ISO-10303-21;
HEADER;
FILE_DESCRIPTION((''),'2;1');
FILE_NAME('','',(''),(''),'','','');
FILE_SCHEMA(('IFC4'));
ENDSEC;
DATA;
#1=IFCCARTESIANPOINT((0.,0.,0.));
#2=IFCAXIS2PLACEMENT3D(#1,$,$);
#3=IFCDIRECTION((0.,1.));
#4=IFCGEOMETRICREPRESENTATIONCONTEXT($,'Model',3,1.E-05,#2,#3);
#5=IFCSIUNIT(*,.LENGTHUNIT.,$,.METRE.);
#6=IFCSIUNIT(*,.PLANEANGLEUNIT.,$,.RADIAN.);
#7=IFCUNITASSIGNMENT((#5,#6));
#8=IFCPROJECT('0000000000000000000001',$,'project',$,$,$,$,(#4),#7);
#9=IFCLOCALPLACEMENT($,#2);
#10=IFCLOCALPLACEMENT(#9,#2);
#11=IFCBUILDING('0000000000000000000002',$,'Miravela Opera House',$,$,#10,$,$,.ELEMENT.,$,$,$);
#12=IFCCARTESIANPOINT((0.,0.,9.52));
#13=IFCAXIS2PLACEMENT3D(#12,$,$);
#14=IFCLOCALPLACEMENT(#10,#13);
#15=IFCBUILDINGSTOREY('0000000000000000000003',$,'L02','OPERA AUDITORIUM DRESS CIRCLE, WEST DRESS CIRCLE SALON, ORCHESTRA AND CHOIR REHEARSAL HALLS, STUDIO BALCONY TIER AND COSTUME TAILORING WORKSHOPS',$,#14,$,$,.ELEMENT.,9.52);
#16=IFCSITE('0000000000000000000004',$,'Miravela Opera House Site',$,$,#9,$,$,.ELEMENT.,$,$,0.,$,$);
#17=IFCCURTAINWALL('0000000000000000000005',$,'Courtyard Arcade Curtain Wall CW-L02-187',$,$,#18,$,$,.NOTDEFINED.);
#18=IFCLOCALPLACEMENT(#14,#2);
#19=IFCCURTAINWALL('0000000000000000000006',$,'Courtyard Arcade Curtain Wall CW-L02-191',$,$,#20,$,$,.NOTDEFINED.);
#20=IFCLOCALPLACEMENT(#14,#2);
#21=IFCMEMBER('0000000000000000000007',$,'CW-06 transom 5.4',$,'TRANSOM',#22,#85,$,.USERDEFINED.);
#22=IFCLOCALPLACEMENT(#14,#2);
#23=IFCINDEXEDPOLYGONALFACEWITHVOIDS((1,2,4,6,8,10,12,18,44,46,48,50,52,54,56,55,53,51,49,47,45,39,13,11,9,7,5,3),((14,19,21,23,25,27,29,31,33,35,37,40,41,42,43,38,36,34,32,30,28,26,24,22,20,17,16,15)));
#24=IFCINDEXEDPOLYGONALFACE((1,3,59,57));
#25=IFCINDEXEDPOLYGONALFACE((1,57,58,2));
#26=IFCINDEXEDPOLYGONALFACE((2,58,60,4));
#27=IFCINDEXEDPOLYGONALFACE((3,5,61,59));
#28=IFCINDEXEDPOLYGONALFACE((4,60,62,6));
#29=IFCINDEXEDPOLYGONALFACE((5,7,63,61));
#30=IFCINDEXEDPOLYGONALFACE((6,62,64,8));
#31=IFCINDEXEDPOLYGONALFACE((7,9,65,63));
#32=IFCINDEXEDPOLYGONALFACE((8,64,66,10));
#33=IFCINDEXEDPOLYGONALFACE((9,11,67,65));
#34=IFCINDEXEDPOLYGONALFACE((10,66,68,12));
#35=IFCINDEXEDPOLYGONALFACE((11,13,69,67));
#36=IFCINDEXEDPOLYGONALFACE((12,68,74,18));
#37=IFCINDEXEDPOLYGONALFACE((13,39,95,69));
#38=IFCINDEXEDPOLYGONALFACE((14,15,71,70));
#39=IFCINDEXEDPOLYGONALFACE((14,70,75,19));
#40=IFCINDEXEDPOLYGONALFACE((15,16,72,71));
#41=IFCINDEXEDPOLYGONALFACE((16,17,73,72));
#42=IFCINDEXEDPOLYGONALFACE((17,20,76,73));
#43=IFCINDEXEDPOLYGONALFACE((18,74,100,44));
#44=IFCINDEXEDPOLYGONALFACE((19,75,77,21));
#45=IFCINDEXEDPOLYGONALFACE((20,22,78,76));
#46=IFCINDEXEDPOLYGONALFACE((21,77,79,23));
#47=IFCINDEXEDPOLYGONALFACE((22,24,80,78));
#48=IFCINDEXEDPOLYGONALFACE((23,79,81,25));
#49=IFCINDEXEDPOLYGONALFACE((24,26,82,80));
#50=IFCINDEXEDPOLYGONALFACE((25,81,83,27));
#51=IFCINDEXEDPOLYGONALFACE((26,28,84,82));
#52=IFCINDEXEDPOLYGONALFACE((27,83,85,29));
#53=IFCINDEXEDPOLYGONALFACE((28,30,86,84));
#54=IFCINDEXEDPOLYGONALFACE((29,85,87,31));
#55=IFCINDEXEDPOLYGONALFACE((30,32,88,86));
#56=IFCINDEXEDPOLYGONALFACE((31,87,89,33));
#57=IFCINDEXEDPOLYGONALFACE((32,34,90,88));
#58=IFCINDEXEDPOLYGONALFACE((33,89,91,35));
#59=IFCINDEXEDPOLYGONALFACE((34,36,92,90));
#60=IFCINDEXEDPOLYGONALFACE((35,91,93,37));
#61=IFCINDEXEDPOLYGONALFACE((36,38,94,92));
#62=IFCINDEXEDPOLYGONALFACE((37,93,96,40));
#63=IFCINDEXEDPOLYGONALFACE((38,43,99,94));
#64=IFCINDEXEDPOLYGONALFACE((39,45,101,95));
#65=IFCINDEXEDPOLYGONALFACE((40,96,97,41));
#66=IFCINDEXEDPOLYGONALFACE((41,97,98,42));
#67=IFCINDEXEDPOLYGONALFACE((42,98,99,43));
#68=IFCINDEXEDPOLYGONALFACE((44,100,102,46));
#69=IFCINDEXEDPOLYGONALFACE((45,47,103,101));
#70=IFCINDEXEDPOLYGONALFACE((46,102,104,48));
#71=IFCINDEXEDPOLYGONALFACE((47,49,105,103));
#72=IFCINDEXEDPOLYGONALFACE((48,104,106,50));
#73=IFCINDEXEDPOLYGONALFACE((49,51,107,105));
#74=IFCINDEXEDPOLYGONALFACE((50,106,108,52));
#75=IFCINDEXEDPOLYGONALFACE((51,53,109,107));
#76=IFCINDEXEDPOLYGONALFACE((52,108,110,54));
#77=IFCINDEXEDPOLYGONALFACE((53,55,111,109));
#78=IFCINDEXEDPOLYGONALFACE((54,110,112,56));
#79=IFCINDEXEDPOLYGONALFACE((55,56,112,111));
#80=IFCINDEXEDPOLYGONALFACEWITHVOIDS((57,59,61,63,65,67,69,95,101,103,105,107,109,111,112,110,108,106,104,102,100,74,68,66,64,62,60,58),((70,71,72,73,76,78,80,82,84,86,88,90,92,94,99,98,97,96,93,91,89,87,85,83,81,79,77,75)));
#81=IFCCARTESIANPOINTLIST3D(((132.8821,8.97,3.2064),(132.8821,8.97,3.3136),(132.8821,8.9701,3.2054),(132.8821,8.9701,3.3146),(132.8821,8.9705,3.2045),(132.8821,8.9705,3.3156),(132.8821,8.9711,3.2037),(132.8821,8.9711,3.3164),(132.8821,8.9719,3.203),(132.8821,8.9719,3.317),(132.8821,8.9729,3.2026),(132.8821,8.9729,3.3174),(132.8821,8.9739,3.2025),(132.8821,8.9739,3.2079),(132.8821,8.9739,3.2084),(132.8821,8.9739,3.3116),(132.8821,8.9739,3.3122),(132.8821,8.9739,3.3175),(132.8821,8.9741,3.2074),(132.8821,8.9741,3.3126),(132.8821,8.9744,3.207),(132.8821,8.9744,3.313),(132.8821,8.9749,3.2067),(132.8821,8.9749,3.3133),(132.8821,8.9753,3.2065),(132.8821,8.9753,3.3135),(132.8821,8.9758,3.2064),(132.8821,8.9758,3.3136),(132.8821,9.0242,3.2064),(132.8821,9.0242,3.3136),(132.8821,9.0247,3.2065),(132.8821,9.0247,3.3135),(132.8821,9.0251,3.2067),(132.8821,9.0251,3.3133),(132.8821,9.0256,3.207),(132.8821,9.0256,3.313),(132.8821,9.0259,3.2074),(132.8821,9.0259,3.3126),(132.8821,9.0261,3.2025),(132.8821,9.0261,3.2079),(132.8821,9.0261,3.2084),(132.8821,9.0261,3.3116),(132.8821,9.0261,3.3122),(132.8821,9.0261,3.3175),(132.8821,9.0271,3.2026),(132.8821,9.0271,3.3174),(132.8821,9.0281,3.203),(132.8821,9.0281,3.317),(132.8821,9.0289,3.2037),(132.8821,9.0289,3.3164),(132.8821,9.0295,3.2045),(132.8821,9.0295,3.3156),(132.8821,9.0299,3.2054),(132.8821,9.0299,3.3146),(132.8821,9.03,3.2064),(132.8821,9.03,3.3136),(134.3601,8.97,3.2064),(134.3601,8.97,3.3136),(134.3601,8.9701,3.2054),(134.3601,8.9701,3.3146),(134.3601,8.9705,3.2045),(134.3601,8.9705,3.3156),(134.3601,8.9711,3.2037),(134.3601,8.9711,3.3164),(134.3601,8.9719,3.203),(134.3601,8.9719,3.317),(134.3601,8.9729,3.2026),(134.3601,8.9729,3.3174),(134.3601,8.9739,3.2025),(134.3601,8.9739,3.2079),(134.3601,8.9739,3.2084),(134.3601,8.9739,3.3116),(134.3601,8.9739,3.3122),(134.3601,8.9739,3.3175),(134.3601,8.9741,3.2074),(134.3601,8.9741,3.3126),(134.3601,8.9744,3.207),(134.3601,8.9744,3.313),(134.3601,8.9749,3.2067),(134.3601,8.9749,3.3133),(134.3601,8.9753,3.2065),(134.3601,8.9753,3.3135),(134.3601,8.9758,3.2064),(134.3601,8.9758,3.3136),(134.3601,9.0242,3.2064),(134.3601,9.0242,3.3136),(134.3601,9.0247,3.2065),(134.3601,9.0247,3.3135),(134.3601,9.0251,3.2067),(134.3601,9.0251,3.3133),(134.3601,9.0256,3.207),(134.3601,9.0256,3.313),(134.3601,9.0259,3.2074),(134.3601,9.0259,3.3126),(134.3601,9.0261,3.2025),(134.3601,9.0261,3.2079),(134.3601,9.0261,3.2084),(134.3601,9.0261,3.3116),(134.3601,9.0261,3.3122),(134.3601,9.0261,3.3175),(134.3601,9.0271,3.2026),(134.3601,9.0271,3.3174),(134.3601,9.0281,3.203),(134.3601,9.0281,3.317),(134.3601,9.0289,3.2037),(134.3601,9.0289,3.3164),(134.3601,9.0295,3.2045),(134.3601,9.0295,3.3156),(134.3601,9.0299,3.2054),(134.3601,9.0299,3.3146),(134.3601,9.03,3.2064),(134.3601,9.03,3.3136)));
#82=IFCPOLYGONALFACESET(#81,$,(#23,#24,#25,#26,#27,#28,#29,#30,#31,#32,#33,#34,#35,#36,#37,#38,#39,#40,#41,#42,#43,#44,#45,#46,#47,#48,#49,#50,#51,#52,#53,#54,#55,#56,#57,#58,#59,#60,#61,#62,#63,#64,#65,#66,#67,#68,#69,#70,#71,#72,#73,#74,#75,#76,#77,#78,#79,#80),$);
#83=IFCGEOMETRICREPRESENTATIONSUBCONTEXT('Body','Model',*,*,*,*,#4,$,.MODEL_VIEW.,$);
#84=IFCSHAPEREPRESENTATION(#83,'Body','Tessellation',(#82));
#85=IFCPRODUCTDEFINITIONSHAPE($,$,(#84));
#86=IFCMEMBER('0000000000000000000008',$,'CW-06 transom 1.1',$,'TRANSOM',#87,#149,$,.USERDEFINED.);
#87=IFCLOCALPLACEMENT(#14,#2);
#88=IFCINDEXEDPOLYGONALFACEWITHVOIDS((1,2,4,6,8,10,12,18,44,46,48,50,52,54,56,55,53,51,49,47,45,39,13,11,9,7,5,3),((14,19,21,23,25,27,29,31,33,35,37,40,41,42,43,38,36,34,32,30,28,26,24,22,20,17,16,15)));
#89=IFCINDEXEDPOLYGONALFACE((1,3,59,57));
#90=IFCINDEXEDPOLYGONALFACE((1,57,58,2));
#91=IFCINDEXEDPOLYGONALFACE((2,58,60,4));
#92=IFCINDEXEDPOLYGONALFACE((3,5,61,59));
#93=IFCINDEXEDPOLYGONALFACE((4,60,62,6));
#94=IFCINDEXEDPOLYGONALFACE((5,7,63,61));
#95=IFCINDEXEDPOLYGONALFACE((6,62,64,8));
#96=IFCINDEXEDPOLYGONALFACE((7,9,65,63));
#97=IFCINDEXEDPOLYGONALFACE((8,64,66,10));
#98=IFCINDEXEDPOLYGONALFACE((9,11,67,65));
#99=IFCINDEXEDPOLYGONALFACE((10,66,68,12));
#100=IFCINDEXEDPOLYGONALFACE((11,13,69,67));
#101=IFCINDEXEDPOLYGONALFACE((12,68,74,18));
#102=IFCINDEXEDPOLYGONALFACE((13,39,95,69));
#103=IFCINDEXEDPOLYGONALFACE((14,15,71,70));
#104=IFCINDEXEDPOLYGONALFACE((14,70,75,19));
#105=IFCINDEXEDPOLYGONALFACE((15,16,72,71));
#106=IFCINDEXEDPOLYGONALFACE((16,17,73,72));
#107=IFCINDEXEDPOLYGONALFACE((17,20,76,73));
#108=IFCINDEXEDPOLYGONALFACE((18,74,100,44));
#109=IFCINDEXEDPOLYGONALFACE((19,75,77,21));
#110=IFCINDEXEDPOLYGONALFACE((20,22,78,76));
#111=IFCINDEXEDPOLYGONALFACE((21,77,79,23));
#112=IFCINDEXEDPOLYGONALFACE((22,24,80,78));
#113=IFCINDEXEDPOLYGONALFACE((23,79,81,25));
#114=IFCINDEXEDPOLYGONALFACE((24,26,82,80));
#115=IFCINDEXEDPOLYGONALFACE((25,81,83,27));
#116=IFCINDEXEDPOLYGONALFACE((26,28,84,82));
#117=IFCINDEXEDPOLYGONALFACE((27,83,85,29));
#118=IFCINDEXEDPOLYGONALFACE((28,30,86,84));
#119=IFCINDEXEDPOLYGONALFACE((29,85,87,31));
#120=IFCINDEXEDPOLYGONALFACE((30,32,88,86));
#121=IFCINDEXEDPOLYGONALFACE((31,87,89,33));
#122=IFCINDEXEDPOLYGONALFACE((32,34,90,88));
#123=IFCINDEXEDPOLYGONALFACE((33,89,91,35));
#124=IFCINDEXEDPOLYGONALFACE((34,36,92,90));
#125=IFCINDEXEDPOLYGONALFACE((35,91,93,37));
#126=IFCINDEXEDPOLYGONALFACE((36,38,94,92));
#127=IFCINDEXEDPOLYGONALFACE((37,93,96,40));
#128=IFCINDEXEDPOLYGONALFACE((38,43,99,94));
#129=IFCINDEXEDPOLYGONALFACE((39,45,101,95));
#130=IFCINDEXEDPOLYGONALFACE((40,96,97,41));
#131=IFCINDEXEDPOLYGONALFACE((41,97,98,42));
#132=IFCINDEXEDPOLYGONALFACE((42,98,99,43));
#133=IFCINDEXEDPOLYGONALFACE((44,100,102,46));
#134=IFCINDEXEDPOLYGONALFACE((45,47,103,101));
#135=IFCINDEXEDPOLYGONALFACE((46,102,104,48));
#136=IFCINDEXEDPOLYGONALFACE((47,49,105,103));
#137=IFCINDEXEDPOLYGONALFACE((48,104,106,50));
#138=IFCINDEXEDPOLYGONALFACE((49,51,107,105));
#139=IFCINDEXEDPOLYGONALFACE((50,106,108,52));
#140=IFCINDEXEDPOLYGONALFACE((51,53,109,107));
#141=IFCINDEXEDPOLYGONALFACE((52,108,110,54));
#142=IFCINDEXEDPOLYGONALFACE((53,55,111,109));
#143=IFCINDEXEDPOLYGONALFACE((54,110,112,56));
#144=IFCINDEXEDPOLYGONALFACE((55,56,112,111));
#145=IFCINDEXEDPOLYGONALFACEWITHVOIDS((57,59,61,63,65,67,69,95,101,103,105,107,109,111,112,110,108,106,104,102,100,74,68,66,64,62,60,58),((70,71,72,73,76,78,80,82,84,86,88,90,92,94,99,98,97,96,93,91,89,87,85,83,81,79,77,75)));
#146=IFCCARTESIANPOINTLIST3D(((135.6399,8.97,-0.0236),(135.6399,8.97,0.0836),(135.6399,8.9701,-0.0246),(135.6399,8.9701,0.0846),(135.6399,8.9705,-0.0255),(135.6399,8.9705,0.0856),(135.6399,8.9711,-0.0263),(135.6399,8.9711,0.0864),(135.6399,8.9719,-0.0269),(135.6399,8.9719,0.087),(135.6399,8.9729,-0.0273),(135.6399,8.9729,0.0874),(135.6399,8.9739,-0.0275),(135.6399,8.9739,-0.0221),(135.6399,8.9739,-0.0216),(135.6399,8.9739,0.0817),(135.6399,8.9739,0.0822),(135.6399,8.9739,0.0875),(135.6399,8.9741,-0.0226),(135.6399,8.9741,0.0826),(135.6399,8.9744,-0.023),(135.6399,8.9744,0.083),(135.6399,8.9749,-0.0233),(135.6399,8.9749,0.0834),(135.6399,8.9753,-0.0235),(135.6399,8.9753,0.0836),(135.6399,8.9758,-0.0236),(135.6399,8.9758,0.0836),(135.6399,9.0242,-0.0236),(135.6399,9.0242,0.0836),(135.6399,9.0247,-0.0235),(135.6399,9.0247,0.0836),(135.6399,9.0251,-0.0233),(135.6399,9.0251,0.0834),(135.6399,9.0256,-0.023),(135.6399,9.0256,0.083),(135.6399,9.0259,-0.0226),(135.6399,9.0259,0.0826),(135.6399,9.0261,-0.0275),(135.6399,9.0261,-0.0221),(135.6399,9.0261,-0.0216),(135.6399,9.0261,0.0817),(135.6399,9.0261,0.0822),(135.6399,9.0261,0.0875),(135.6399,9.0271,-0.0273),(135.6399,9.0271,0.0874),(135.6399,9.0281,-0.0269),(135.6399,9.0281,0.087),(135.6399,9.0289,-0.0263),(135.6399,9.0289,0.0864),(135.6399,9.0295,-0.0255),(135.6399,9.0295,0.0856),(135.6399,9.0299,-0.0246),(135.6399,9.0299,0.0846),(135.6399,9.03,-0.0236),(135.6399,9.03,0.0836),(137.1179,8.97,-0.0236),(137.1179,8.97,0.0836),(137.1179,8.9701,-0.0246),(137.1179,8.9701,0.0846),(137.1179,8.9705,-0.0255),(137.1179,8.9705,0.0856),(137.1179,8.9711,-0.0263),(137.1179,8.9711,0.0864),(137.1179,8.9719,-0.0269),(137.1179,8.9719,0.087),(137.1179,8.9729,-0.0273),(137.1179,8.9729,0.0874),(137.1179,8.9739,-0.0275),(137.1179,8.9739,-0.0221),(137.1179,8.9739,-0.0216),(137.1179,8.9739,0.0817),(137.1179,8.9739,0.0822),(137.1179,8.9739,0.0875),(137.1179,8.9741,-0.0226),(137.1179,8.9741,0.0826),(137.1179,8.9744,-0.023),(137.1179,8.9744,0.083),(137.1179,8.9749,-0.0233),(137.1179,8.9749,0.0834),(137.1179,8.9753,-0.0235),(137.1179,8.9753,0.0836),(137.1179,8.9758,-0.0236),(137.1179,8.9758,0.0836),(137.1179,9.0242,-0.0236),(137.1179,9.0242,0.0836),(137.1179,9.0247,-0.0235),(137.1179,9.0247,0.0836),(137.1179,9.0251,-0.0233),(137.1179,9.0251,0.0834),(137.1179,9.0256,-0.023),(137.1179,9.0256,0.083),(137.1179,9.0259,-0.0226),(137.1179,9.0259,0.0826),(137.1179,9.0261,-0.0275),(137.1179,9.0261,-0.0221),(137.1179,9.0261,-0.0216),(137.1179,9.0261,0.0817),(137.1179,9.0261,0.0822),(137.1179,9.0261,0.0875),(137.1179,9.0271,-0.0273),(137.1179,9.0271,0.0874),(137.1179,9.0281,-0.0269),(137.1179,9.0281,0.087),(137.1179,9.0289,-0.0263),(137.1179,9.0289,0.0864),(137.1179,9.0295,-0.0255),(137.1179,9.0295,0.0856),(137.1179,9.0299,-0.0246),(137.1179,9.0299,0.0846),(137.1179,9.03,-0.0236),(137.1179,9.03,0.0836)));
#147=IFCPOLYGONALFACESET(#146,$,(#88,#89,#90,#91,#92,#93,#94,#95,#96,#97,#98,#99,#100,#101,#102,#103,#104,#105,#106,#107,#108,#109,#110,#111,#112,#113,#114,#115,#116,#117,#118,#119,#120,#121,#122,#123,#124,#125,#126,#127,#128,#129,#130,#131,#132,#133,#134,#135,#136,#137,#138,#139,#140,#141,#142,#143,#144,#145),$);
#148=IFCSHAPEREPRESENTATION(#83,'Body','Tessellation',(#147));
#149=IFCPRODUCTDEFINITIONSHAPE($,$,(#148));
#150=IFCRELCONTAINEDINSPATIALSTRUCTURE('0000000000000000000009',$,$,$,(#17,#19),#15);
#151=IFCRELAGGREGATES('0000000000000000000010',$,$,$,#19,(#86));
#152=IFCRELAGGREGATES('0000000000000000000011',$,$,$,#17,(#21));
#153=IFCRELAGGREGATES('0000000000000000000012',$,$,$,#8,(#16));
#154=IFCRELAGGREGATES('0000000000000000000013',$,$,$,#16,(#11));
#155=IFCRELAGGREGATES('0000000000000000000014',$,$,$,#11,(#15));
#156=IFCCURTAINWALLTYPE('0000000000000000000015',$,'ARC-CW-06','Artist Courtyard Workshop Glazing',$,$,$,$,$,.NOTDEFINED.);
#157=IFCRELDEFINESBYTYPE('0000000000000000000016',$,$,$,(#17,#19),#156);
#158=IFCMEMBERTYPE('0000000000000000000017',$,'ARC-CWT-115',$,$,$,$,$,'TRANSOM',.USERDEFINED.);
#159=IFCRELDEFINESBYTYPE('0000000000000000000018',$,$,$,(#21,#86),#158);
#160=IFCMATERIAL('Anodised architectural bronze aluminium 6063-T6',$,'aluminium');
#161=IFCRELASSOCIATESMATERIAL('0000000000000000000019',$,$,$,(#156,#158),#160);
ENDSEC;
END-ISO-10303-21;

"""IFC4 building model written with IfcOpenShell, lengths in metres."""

from ifc_helpers import new_model, si_unit, direction, frame, origin, origin_2d, place, context, subcontext, project, spatial, hollow_rectangle, extrude, material, material_profile, profile_set, type_object, element, aggregate, save


model = new_model("IFC4")

# Units and contexts
model_context = context("Model", 3, precision=1e-05, world=origin(), true_north=direction((0.0, 1.0)))
body_context = subcontext(model_context, "Body", "Model", "MODEL_VIEW")
ifc_project = project(units=[si_unit("LENGTHUNIT", "METRE"), si_unit("PLANEANGLEUNIT", "RADIAN")], contexts=[model_context])

# Site, building, storey
site_placement = place(None, origin())
site = spatial("IfcSite", under=ifc_project, at=site_placement, Name="Miravela Opera House Site", CompositionType="ELEMENT", RefElevation=0.0)
building_placement = place(site_placement, origin())
building = spatial("IfcBuilding", under=site, at=building_placement, Name="Miravela Opera House", CompositionType="ELEMENT")
storey_placement = place(building_placement, frame((0.0, 0.0, 9.52)))
storey = spatial("IfcBuildingStorey", under=building, at=storey_placement, Name="L02", Description="OPERA AUDITORIUM DRESS CIRCLE, WEST DRESS CIRCLE SALON, ORCHESTRA AND CHOIR REHEARSAL HALLS, STUDIO BALCONY TIER AND COSTUME TAILORING WORKSHOPS", CompositionType="ELEMENT", Elevation=9.52)

# Curtain wall
ifc_material_1 = material(Name="Anodised architectural bronze aluminium 6063-T6", Category="aluminium")
curtain_wall_type = type_object("IfcCurtainWallType", Name="ARC-CW-06", Description="Artist Courtyard Workshop Glazing", PredefinedType="NOTDEFINED", material=ifc_material_1)
curtain_wall_1_placement = place(storey_placement, origin())
curtain_wall_1 = element("IfcCurtainWall", 1, at=curtain_wall_1_placement, inside=storey, type_object=curtain_wall_type, Name="Courtyard Arcade Curtain Wall CW-L02-187", PredefinedType="NOTDEFINED")

# Curtain wall
curtain_wall_2_placement = place(storey_placement, origin())
curtain_wall_2 = element("IfcCurtainWall", 2, at=curtain_wall_2_placement, inside=storey, type_object=curtain_wall_type, Name="Courtyard Arcade Curtain Wall CW-L02-191", PredefinedType="NOTDEFINED")

# Members
ifc_material_profile_1 = material_profile(ifc_material_1, hollow_rectangle(XDim=0.0601, YDim=0.115, WallThickness=0.0039, InnerFilletRadius=0.002, OuterFilletRadius=0.0039, at=origin_2d()), Name="CWT-60X115")
ifc_profile_set_1 = profile_set([ifc_material_profile_1])
member_type_1 = type_object("IfcMemberType", Name="ARC-CWT-115", ElementType="TRANSOM", PredefinedType="USERDEFINED", material=ifc_profile_set_1)
member_1_placement = place(storey_placement, frame((132.8821, 9.0, 3.26), z_axis=(1.0, 0.0, 0.0), x_axis=(0.0, 1.0, 0.0)))
member_1 = element("IfcMember", 3, at=member_1_placement, type_object=member_type_1, Name="CW-06 transom 5.4", ObjectType="TRANSOM", PredefinedType="USERDEFINED", context=body_context, shape_type="SweptSolid", body=[
    extrude(hollow_rectangle(XDim=0.0601, YDim=0.115, WallThickness=0.0039, InnerFilletRadius=0.002, OuterFilletRadius=0.0039, at=origin_2d()), origin(), (0.0, 0.0, 1.0), 1.478),
])
member_2_placement = place(storey_placement, frame((135.6399, 9.0, 0.03), z_axis=(1.0, 0.0, 0.0), x_axis=(0.0, 1.0, 0.0)))
member_2 = element("IfcMember", 4, at=member_2_placement, type_object=member_type_1, Name="CW-06 transom 1.1", ObjectType="TRANSOM", PredefinedType="USERDEFINED", context=body_context, shape_type="SweptSolid", body=[
    extrude(hollow_rectangle(XDim=0.0601, YDim=0.115, WallThickness=0.0039, InnerFilletRadius=0.002, OuterFilletRadius=0.0039, at=origin_2d()), origin(), (0.0, 0.0, 1.0), 1.478),
])
aggregate(curtain_wall_2, [member_2])

aggregate(curtain_wall_1, [member_1])

save(model, "model.ifc")
